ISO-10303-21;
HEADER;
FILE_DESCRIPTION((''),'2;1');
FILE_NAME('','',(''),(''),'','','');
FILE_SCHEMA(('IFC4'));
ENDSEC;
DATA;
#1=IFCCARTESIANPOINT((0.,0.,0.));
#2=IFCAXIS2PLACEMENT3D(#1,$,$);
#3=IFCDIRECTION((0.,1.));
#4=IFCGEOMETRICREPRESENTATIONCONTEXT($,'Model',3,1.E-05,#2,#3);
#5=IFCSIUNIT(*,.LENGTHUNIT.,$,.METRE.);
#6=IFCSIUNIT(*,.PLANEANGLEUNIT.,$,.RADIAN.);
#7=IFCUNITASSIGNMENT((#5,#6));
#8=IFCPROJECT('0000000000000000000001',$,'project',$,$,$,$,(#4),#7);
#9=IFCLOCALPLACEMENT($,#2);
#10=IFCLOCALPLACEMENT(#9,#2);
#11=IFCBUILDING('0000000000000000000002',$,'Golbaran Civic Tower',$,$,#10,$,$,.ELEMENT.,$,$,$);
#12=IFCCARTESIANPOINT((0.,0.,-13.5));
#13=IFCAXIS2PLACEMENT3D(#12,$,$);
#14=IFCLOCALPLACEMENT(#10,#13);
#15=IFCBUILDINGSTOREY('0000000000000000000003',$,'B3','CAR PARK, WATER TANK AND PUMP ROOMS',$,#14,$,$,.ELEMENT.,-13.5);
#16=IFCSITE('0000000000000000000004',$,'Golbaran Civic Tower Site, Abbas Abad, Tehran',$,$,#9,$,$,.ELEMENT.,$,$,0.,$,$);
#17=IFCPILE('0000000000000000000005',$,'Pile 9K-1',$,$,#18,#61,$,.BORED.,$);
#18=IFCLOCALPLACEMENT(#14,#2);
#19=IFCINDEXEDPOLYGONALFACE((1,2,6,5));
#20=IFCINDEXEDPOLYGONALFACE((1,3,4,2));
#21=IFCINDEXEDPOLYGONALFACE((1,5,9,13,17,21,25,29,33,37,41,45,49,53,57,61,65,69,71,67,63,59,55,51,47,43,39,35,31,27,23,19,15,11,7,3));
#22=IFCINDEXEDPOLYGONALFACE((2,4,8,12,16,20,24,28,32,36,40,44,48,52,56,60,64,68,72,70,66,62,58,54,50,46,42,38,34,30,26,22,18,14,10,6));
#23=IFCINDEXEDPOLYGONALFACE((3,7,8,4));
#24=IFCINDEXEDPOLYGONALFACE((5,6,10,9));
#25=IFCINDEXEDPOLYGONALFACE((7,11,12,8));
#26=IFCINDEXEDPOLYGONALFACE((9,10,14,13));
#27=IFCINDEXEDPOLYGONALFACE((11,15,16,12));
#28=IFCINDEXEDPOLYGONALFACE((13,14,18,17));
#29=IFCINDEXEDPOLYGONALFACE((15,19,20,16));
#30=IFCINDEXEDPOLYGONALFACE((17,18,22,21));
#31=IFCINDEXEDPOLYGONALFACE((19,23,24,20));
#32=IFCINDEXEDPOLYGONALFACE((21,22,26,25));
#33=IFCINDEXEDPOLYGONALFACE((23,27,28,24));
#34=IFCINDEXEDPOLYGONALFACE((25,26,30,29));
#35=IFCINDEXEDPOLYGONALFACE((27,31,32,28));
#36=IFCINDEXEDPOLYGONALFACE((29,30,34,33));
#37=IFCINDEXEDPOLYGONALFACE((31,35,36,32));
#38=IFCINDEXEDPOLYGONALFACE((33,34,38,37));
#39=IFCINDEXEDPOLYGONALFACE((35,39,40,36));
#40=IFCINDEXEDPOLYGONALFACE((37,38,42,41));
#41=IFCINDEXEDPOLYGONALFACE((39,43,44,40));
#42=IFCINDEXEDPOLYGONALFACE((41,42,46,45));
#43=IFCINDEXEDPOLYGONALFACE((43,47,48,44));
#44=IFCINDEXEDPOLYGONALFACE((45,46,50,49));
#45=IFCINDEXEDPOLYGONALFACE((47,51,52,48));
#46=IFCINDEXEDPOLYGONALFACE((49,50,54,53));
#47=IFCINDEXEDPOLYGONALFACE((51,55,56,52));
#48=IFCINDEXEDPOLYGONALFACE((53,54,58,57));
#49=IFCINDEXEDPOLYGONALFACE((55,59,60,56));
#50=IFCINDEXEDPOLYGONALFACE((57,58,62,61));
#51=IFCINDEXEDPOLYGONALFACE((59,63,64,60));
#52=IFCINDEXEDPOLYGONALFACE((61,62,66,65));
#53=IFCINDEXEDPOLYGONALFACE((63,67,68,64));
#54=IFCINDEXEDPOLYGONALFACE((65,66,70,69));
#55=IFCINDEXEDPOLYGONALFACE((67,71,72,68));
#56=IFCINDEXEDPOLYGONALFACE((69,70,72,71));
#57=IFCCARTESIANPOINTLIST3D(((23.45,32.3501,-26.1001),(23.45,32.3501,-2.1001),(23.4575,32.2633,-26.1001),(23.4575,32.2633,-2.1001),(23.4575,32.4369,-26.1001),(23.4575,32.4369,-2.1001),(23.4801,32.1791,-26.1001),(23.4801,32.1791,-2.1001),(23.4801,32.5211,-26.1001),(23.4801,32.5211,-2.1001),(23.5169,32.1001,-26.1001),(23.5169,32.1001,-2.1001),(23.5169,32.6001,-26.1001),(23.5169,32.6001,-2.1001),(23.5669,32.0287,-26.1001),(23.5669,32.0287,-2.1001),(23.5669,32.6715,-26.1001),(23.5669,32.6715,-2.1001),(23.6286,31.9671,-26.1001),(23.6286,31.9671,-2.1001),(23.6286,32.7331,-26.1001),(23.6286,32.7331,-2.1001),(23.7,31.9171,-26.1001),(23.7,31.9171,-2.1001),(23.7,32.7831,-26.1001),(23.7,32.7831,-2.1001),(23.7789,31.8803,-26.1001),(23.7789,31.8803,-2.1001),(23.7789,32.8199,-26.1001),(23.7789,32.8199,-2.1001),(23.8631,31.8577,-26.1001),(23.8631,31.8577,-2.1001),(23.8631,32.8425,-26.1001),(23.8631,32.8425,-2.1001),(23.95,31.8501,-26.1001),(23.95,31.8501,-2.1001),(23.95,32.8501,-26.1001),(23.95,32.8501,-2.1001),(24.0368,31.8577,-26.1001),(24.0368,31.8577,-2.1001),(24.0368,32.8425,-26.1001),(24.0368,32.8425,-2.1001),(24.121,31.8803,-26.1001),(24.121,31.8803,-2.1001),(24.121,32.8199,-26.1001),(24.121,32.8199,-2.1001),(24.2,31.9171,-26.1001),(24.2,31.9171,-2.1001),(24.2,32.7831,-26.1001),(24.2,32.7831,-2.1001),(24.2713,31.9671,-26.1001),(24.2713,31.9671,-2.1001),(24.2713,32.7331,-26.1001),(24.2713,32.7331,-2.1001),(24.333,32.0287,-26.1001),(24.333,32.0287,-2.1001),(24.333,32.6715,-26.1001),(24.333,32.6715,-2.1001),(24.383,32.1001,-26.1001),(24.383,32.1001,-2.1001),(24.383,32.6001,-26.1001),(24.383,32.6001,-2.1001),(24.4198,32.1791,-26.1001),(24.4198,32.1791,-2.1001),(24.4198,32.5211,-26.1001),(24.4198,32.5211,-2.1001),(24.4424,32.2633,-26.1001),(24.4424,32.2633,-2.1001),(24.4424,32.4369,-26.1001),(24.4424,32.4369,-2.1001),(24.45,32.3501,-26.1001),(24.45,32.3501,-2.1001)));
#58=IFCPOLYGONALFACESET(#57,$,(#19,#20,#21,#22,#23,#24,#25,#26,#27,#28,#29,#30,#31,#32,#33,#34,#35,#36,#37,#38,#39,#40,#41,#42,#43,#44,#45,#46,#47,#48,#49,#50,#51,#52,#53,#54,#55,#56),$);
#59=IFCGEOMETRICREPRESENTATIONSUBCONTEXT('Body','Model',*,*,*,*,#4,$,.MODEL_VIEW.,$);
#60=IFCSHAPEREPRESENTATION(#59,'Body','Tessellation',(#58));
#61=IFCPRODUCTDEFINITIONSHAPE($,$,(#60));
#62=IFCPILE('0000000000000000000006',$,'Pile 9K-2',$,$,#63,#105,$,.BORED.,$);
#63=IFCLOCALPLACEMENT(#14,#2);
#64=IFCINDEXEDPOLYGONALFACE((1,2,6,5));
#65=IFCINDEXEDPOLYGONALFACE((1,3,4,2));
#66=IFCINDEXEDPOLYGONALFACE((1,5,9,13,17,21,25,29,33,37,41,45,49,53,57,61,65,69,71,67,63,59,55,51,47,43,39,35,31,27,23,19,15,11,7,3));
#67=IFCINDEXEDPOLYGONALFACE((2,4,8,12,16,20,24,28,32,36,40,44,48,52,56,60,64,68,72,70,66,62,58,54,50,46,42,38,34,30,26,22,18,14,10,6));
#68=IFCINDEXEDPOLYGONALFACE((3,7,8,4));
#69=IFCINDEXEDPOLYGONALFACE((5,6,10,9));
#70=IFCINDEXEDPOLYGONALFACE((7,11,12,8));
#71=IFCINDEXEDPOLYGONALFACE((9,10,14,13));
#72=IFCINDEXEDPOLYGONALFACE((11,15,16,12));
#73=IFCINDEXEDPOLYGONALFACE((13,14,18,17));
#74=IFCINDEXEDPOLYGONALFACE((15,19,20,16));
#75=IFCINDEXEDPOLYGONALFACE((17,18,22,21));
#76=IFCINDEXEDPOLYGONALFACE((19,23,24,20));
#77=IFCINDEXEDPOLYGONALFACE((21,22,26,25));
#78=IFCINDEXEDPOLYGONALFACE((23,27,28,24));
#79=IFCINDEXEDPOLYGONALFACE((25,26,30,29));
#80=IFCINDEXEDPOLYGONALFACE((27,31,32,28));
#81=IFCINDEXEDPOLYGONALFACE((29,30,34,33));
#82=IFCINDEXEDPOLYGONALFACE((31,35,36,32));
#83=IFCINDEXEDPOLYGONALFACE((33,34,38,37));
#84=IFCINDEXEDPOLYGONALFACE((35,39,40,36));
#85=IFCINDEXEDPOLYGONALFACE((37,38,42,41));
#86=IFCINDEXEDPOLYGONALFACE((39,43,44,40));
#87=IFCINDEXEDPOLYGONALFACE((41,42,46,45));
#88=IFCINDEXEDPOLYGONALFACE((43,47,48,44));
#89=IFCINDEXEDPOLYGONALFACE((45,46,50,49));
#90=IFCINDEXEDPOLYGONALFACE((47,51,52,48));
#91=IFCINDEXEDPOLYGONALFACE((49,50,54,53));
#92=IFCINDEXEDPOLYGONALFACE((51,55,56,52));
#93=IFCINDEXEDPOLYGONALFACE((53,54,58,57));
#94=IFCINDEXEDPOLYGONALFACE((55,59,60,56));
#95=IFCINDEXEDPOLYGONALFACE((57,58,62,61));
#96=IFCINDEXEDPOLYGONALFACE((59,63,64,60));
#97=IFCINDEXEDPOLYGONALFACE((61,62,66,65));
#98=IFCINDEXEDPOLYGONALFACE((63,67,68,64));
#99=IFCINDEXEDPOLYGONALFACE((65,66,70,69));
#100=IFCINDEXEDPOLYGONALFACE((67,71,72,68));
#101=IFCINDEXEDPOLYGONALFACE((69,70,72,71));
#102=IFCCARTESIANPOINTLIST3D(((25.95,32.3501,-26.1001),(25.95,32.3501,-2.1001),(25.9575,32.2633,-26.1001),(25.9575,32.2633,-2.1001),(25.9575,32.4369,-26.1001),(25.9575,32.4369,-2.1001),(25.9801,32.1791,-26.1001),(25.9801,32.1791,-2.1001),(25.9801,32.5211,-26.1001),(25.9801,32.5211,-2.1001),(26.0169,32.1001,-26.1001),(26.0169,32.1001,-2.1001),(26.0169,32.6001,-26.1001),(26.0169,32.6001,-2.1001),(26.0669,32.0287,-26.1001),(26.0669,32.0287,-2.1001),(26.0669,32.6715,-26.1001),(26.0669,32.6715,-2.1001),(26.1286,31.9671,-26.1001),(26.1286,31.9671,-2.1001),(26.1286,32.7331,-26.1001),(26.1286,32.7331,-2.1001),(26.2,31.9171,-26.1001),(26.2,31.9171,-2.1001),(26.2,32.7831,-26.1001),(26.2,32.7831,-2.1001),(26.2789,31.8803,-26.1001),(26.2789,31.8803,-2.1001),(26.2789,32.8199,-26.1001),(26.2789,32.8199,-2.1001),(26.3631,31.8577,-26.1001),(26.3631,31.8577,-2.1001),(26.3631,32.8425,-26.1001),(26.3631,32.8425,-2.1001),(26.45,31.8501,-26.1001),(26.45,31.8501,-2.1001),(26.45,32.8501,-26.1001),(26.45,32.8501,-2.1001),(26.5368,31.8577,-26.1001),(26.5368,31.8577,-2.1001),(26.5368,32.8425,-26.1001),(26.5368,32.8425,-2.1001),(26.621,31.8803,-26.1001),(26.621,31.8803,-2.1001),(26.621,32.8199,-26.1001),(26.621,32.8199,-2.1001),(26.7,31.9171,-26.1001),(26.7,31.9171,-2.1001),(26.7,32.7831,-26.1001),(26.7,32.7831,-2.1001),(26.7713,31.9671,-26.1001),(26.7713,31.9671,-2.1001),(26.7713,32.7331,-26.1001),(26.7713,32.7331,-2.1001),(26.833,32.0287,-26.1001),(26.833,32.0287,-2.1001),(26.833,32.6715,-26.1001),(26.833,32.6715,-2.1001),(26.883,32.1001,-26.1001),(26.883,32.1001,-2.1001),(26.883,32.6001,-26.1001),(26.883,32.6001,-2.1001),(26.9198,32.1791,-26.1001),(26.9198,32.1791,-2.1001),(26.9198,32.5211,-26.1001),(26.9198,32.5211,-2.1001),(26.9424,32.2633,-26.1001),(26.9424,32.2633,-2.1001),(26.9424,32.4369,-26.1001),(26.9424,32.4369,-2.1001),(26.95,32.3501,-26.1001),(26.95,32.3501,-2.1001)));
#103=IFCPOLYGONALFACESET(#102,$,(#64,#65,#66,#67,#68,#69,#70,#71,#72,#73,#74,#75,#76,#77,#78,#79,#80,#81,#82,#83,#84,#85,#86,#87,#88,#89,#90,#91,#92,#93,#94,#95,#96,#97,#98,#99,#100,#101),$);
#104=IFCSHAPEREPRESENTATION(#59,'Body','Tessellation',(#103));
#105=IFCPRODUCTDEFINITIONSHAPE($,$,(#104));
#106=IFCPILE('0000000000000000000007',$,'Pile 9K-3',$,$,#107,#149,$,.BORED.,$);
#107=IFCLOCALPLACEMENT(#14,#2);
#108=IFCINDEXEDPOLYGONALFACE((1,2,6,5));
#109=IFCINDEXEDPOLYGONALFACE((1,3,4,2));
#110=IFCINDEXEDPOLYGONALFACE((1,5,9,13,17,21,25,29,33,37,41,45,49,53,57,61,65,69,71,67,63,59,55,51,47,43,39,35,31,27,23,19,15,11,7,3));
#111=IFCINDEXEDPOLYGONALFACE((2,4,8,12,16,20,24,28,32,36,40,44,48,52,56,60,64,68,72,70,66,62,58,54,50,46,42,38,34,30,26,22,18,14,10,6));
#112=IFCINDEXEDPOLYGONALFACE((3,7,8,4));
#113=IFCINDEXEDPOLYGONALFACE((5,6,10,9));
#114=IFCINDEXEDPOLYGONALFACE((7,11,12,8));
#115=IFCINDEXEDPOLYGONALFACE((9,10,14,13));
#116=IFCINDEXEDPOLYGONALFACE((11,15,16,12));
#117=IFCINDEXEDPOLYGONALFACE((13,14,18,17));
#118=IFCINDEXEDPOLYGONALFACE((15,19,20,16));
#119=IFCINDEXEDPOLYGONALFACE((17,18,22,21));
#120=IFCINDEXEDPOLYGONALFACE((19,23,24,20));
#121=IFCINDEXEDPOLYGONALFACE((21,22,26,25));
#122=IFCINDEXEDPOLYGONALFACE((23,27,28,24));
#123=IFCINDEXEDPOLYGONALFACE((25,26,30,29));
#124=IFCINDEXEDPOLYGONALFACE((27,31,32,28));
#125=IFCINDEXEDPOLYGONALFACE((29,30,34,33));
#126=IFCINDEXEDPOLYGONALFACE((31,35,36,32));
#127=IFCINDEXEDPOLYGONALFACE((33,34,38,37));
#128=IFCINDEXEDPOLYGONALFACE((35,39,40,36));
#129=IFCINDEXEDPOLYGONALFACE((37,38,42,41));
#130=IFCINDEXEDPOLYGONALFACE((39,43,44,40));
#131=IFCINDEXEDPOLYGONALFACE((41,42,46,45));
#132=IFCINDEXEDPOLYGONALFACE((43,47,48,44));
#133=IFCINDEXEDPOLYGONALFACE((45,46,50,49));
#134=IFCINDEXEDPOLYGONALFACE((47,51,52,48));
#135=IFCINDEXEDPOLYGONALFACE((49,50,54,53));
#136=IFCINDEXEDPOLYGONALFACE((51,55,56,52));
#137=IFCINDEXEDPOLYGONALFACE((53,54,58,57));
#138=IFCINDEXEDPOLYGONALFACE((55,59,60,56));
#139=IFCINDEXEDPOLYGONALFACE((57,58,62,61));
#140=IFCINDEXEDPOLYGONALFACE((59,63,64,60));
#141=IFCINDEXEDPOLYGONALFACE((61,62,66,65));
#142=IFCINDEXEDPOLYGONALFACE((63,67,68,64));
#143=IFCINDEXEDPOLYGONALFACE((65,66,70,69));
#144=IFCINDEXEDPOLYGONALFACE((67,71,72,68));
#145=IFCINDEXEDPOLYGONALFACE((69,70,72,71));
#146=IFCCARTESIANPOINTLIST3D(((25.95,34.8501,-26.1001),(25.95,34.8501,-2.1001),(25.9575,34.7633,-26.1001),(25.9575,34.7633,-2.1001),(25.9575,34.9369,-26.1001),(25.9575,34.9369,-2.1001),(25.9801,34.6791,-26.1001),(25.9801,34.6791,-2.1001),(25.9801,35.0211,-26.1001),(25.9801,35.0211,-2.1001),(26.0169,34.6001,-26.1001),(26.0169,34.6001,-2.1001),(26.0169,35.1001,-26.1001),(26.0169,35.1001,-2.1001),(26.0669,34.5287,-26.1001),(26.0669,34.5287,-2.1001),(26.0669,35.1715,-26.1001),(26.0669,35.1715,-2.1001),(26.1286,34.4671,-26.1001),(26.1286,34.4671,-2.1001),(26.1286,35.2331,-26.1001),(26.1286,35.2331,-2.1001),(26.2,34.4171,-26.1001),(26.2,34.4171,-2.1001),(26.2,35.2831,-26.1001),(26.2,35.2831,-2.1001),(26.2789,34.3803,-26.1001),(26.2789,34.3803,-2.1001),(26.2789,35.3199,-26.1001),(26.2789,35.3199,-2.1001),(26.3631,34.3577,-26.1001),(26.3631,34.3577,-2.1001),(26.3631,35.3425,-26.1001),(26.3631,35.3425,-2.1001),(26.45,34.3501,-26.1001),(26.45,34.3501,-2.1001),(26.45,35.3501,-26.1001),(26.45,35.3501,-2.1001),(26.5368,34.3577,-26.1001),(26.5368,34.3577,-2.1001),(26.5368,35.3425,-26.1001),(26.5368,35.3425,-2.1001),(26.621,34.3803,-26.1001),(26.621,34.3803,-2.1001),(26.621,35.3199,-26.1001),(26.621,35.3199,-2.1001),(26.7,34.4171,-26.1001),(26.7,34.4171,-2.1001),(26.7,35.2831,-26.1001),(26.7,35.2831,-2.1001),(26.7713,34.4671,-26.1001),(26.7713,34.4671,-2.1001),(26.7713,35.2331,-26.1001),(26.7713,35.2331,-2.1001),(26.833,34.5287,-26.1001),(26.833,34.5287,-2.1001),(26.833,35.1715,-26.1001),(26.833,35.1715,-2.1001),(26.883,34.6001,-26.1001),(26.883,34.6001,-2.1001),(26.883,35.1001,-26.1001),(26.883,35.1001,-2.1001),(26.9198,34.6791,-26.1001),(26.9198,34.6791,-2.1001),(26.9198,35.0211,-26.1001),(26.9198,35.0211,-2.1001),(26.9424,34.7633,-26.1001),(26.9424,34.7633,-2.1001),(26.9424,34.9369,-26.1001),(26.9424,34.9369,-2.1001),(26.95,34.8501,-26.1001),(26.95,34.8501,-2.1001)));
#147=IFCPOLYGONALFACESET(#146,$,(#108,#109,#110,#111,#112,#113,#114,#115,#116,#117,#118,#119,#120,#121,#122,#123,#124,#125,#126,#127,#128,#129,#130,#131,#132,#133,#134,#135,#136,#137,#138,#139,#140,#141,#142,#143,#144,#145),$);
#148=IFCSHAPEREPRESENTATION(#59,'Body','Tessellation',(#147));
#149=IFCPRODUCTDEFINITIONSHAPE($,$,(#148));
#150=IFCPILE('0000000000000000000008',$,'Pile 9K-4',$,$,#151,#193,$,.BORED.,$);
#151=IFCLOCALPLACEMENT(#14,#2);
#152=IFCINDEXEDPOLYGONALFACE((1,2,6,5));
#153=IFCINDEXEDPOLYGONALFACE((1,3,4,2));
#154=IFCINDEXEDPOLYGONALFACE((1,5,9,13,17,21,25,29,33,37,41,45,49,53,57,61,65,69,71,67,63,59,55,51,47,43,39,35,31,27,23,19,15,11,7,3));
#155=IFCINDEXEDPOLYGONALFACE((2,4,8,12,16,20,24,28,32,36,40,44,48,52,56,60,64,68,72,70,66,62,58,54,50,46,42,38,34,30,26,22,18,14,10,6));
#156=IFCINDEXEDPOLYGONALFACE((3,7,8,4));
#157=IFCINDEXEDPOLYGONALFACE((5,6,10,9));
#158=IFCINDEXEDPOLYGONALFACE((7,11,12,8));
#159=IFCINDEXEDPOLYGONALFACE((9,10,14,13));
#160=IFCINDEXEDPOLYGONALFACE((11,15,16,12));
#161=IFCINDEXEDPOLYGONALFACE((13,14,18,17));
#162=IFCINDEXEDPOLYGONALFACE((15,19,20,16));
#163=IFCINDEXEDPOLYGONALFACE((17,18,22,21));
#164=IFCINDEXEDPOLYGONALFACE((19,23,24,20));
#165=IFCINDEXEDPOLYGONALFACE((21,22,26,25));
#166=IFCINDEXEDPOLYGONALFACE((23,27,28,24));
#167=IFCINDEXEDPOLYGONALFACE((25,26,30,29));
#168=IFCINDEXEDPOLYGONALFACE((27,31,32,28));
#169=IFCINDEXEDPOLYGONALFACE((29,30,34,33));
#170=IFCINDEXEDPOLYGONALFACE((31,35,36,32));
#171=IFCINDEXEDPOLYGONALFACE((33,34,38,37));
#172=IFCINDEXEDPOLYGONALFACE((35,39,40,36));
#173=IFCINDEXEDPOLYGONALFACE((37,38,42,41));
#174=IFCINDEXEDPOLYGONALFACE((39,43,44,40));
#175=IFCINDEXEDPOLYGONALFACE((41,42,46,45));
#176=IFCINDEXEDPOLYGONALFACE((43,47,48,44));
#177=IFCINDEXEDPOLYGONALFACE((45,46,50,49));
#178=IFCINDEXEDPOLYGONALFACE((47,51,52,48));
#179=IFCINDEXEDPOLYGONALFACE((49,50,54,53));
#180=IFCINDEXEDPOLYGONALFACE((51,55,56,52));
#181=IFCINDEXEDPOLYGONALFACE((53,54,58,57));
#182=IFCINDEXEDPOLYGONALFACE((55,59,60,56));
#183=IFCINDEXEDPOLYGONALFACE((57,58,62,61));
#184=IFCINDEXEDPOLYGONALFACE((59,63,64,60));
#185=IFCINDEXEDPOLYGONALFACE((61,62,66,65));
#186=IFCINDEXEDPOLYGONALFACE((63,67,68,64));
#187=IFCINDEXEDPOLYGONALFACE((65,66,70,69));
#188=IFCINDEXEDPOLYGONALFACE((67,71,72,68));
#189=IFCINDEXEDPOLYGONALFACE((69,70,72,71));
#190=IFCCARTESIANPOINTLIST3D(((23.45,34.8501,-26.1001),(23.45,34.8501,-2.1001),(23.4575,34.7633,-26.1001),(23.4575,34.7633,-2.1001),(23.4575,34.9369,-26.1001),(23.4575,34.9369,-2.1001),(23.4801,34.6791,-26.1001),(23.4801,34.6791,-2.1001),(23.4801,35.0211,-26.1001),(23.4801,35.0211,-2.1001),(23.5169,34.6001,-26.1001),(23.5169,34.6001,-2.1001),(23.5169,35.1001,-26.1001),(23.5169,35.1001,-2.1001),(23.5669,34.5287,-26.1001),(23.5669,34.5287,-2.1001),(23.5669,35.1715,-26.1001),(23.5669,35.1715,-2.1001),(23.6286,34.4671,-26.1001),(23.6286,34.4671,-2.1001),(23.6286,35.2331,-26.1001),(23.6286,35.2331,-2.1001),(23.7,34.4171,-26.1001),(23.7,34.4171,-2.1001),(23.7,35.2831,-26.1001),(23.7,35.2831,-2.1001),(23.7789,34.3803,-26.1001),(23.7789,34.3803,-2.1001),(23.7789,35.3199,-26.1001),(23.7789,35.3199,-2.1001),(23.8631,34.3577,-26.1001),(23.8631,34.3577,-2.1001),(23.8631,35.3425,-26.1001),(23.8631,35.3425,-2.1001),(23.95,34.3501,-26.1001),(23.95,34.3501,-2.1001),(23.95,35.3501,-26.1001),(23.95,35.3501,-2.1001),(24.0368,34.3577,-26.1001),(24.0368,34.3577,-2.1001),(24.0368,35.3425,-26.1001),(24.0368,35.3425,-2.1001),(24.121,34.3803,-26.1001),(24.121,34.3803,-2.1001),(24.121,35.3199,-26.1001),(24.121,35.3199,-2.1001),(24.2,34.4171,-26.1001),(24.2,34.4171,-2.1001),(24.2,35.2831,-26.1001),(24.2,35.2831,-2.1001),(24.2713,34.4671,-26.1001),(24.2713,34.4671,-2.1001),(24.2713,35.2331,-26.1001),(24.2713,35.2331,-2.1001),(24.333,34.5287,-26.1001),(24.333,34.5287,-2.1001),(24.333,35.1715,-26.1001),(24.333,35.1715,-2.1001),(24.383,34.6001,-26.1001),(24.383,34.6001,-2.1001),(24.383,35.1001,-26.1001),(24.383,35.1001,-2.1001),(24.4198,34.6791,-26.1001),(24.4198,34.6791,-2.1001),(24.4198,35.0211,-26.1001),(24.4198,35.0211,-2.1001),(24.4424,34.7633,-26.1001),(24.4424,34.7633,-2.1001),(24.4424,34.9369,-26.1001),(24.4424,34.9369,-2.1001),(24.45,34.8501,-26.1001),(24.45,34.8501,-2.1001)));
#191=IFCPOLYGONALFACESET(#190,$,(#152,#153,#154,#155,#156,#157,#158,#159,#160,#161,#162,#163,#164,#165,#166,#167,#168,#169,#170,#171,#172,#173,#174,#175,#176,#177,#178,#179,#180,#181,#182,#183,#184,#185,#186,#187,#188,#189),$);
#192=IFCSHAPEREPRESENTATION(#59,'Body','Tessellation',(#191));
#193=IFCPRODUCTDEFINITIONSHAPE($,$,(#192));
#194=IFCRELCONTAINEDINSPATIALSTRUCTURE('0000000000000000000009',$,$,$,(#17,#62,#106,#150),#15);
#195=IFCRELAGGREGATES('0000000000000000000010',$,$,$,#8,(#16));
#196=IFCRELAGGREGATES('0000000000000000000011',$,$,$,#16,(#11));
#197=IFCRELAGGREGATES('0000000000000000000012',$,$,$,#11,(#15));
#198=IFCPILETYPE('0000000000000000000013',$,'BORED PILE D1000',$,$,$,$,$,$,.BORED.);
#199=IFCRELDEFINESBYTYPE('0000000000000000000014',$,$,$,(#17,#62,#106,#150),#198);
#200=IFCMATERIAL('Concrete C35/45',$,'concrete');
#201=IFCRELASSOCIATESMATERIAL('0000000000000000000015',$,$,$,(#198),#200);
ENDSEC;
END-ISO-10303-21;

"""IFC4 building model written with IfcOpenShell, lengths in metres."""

from ifc_helpers import new_model, si_unit, direction, frame, origin, origin_2d, place, context, subcontext, project, spatial, circle, extrude, material, material_profile, profile_set, type_object, element, save


model = new_model("IFC4")

# Units and contexts
model_context = context("Model", 3, precision=1e-05, world=origin(), true_north=direction((0.0, 1.0)))
body_context = subcontext(model_context, "Body", "Model", "MODEL_VIEW")
ifc_project = project(units=[si_unit("LENGTHUNIT", "METRE"), si_unit("PLANEANGLEUNIT", "RADIAN")], contexts=[model_context])

# Site, building, storey
site_placement = place(None, origin())
site = spatial("IfcSite", under=ifc_project, at=site_placement, Name="Golbaran Civic Tower Site, Abbas Abad, Tehran", CompositionType="ELEMENT", RefElevation=0.0)
building_placement = place(site_placement, origin())
building = spatial("IfcBuilding", under=site, at=building_placement, Name="Golbaran Civic Tower", CompositionType="ELEMENT")
storey_placement = place(building_placement, frame((0.0, 0.0, -13.5)))
storey = spatial("IfcBuildingStorey", under=building, at=storey_placement, Name="B3", Description="CAR PARK, WATER TANK AND PUMP ROOMS", CompositionType="ELEMENT", Elevation=-13.5)

# Piles
ifc_material_1 = material(Name="Concrete C35/45", Category="concrete")
ifc_material_profile_1 = material_profile(ifc_material_1, circle(Radius=0.5, at=origin_2d()), Name="BORED PILE D1000")
ifc_profile_set_1 = profile_set([ifc_material_profile_1], Name="Concrete C35/45")
pile_type_1 = type_object("IfcPileType", Name="BORED PILE D1000", PredefinedType="BORED", material=ifc_profile_set_1)
for number, where, z_axis, x_axis, name in (
    (1, (23.95, 32.3501, -2.1001), (0.0, 0.0, -1.0), (1.0, 0.0, 0.0), "Pile 9K-1"),
    (2, (26.45, 32.3501, -2.1001), (0.0, 0.0, -1.0), (1.0, 0.0, 0.0), "Pile 9K-2"),
    (3, (26.45, 34.8501, -2.1001), (0.0, 0.0, -1.0), (1.0, 0.0, 0.0), "Pile 9K-3"),
    (4, (23.95, 34.8501, -2.1001), (0.0, 0.0, -1.0), (1.0, 0.0, 0.0), "Pile 9K-4"),
):
    element("IfcPile", number, at=place(storey_placement, frame(where, z_axis=z_axis, x_axis=x_axis)), inside=storey, type_object=pile_type_1, Name=name, PredefinedType="BORED", context=body_context, shape_type="SweptSolid", body=[
        extrude(circle(Radius=0.5, at=origin_2d()), origin(), (0.0, 0.0, 1.0), 24.0),
    ])

save(model, "model.ifc")
